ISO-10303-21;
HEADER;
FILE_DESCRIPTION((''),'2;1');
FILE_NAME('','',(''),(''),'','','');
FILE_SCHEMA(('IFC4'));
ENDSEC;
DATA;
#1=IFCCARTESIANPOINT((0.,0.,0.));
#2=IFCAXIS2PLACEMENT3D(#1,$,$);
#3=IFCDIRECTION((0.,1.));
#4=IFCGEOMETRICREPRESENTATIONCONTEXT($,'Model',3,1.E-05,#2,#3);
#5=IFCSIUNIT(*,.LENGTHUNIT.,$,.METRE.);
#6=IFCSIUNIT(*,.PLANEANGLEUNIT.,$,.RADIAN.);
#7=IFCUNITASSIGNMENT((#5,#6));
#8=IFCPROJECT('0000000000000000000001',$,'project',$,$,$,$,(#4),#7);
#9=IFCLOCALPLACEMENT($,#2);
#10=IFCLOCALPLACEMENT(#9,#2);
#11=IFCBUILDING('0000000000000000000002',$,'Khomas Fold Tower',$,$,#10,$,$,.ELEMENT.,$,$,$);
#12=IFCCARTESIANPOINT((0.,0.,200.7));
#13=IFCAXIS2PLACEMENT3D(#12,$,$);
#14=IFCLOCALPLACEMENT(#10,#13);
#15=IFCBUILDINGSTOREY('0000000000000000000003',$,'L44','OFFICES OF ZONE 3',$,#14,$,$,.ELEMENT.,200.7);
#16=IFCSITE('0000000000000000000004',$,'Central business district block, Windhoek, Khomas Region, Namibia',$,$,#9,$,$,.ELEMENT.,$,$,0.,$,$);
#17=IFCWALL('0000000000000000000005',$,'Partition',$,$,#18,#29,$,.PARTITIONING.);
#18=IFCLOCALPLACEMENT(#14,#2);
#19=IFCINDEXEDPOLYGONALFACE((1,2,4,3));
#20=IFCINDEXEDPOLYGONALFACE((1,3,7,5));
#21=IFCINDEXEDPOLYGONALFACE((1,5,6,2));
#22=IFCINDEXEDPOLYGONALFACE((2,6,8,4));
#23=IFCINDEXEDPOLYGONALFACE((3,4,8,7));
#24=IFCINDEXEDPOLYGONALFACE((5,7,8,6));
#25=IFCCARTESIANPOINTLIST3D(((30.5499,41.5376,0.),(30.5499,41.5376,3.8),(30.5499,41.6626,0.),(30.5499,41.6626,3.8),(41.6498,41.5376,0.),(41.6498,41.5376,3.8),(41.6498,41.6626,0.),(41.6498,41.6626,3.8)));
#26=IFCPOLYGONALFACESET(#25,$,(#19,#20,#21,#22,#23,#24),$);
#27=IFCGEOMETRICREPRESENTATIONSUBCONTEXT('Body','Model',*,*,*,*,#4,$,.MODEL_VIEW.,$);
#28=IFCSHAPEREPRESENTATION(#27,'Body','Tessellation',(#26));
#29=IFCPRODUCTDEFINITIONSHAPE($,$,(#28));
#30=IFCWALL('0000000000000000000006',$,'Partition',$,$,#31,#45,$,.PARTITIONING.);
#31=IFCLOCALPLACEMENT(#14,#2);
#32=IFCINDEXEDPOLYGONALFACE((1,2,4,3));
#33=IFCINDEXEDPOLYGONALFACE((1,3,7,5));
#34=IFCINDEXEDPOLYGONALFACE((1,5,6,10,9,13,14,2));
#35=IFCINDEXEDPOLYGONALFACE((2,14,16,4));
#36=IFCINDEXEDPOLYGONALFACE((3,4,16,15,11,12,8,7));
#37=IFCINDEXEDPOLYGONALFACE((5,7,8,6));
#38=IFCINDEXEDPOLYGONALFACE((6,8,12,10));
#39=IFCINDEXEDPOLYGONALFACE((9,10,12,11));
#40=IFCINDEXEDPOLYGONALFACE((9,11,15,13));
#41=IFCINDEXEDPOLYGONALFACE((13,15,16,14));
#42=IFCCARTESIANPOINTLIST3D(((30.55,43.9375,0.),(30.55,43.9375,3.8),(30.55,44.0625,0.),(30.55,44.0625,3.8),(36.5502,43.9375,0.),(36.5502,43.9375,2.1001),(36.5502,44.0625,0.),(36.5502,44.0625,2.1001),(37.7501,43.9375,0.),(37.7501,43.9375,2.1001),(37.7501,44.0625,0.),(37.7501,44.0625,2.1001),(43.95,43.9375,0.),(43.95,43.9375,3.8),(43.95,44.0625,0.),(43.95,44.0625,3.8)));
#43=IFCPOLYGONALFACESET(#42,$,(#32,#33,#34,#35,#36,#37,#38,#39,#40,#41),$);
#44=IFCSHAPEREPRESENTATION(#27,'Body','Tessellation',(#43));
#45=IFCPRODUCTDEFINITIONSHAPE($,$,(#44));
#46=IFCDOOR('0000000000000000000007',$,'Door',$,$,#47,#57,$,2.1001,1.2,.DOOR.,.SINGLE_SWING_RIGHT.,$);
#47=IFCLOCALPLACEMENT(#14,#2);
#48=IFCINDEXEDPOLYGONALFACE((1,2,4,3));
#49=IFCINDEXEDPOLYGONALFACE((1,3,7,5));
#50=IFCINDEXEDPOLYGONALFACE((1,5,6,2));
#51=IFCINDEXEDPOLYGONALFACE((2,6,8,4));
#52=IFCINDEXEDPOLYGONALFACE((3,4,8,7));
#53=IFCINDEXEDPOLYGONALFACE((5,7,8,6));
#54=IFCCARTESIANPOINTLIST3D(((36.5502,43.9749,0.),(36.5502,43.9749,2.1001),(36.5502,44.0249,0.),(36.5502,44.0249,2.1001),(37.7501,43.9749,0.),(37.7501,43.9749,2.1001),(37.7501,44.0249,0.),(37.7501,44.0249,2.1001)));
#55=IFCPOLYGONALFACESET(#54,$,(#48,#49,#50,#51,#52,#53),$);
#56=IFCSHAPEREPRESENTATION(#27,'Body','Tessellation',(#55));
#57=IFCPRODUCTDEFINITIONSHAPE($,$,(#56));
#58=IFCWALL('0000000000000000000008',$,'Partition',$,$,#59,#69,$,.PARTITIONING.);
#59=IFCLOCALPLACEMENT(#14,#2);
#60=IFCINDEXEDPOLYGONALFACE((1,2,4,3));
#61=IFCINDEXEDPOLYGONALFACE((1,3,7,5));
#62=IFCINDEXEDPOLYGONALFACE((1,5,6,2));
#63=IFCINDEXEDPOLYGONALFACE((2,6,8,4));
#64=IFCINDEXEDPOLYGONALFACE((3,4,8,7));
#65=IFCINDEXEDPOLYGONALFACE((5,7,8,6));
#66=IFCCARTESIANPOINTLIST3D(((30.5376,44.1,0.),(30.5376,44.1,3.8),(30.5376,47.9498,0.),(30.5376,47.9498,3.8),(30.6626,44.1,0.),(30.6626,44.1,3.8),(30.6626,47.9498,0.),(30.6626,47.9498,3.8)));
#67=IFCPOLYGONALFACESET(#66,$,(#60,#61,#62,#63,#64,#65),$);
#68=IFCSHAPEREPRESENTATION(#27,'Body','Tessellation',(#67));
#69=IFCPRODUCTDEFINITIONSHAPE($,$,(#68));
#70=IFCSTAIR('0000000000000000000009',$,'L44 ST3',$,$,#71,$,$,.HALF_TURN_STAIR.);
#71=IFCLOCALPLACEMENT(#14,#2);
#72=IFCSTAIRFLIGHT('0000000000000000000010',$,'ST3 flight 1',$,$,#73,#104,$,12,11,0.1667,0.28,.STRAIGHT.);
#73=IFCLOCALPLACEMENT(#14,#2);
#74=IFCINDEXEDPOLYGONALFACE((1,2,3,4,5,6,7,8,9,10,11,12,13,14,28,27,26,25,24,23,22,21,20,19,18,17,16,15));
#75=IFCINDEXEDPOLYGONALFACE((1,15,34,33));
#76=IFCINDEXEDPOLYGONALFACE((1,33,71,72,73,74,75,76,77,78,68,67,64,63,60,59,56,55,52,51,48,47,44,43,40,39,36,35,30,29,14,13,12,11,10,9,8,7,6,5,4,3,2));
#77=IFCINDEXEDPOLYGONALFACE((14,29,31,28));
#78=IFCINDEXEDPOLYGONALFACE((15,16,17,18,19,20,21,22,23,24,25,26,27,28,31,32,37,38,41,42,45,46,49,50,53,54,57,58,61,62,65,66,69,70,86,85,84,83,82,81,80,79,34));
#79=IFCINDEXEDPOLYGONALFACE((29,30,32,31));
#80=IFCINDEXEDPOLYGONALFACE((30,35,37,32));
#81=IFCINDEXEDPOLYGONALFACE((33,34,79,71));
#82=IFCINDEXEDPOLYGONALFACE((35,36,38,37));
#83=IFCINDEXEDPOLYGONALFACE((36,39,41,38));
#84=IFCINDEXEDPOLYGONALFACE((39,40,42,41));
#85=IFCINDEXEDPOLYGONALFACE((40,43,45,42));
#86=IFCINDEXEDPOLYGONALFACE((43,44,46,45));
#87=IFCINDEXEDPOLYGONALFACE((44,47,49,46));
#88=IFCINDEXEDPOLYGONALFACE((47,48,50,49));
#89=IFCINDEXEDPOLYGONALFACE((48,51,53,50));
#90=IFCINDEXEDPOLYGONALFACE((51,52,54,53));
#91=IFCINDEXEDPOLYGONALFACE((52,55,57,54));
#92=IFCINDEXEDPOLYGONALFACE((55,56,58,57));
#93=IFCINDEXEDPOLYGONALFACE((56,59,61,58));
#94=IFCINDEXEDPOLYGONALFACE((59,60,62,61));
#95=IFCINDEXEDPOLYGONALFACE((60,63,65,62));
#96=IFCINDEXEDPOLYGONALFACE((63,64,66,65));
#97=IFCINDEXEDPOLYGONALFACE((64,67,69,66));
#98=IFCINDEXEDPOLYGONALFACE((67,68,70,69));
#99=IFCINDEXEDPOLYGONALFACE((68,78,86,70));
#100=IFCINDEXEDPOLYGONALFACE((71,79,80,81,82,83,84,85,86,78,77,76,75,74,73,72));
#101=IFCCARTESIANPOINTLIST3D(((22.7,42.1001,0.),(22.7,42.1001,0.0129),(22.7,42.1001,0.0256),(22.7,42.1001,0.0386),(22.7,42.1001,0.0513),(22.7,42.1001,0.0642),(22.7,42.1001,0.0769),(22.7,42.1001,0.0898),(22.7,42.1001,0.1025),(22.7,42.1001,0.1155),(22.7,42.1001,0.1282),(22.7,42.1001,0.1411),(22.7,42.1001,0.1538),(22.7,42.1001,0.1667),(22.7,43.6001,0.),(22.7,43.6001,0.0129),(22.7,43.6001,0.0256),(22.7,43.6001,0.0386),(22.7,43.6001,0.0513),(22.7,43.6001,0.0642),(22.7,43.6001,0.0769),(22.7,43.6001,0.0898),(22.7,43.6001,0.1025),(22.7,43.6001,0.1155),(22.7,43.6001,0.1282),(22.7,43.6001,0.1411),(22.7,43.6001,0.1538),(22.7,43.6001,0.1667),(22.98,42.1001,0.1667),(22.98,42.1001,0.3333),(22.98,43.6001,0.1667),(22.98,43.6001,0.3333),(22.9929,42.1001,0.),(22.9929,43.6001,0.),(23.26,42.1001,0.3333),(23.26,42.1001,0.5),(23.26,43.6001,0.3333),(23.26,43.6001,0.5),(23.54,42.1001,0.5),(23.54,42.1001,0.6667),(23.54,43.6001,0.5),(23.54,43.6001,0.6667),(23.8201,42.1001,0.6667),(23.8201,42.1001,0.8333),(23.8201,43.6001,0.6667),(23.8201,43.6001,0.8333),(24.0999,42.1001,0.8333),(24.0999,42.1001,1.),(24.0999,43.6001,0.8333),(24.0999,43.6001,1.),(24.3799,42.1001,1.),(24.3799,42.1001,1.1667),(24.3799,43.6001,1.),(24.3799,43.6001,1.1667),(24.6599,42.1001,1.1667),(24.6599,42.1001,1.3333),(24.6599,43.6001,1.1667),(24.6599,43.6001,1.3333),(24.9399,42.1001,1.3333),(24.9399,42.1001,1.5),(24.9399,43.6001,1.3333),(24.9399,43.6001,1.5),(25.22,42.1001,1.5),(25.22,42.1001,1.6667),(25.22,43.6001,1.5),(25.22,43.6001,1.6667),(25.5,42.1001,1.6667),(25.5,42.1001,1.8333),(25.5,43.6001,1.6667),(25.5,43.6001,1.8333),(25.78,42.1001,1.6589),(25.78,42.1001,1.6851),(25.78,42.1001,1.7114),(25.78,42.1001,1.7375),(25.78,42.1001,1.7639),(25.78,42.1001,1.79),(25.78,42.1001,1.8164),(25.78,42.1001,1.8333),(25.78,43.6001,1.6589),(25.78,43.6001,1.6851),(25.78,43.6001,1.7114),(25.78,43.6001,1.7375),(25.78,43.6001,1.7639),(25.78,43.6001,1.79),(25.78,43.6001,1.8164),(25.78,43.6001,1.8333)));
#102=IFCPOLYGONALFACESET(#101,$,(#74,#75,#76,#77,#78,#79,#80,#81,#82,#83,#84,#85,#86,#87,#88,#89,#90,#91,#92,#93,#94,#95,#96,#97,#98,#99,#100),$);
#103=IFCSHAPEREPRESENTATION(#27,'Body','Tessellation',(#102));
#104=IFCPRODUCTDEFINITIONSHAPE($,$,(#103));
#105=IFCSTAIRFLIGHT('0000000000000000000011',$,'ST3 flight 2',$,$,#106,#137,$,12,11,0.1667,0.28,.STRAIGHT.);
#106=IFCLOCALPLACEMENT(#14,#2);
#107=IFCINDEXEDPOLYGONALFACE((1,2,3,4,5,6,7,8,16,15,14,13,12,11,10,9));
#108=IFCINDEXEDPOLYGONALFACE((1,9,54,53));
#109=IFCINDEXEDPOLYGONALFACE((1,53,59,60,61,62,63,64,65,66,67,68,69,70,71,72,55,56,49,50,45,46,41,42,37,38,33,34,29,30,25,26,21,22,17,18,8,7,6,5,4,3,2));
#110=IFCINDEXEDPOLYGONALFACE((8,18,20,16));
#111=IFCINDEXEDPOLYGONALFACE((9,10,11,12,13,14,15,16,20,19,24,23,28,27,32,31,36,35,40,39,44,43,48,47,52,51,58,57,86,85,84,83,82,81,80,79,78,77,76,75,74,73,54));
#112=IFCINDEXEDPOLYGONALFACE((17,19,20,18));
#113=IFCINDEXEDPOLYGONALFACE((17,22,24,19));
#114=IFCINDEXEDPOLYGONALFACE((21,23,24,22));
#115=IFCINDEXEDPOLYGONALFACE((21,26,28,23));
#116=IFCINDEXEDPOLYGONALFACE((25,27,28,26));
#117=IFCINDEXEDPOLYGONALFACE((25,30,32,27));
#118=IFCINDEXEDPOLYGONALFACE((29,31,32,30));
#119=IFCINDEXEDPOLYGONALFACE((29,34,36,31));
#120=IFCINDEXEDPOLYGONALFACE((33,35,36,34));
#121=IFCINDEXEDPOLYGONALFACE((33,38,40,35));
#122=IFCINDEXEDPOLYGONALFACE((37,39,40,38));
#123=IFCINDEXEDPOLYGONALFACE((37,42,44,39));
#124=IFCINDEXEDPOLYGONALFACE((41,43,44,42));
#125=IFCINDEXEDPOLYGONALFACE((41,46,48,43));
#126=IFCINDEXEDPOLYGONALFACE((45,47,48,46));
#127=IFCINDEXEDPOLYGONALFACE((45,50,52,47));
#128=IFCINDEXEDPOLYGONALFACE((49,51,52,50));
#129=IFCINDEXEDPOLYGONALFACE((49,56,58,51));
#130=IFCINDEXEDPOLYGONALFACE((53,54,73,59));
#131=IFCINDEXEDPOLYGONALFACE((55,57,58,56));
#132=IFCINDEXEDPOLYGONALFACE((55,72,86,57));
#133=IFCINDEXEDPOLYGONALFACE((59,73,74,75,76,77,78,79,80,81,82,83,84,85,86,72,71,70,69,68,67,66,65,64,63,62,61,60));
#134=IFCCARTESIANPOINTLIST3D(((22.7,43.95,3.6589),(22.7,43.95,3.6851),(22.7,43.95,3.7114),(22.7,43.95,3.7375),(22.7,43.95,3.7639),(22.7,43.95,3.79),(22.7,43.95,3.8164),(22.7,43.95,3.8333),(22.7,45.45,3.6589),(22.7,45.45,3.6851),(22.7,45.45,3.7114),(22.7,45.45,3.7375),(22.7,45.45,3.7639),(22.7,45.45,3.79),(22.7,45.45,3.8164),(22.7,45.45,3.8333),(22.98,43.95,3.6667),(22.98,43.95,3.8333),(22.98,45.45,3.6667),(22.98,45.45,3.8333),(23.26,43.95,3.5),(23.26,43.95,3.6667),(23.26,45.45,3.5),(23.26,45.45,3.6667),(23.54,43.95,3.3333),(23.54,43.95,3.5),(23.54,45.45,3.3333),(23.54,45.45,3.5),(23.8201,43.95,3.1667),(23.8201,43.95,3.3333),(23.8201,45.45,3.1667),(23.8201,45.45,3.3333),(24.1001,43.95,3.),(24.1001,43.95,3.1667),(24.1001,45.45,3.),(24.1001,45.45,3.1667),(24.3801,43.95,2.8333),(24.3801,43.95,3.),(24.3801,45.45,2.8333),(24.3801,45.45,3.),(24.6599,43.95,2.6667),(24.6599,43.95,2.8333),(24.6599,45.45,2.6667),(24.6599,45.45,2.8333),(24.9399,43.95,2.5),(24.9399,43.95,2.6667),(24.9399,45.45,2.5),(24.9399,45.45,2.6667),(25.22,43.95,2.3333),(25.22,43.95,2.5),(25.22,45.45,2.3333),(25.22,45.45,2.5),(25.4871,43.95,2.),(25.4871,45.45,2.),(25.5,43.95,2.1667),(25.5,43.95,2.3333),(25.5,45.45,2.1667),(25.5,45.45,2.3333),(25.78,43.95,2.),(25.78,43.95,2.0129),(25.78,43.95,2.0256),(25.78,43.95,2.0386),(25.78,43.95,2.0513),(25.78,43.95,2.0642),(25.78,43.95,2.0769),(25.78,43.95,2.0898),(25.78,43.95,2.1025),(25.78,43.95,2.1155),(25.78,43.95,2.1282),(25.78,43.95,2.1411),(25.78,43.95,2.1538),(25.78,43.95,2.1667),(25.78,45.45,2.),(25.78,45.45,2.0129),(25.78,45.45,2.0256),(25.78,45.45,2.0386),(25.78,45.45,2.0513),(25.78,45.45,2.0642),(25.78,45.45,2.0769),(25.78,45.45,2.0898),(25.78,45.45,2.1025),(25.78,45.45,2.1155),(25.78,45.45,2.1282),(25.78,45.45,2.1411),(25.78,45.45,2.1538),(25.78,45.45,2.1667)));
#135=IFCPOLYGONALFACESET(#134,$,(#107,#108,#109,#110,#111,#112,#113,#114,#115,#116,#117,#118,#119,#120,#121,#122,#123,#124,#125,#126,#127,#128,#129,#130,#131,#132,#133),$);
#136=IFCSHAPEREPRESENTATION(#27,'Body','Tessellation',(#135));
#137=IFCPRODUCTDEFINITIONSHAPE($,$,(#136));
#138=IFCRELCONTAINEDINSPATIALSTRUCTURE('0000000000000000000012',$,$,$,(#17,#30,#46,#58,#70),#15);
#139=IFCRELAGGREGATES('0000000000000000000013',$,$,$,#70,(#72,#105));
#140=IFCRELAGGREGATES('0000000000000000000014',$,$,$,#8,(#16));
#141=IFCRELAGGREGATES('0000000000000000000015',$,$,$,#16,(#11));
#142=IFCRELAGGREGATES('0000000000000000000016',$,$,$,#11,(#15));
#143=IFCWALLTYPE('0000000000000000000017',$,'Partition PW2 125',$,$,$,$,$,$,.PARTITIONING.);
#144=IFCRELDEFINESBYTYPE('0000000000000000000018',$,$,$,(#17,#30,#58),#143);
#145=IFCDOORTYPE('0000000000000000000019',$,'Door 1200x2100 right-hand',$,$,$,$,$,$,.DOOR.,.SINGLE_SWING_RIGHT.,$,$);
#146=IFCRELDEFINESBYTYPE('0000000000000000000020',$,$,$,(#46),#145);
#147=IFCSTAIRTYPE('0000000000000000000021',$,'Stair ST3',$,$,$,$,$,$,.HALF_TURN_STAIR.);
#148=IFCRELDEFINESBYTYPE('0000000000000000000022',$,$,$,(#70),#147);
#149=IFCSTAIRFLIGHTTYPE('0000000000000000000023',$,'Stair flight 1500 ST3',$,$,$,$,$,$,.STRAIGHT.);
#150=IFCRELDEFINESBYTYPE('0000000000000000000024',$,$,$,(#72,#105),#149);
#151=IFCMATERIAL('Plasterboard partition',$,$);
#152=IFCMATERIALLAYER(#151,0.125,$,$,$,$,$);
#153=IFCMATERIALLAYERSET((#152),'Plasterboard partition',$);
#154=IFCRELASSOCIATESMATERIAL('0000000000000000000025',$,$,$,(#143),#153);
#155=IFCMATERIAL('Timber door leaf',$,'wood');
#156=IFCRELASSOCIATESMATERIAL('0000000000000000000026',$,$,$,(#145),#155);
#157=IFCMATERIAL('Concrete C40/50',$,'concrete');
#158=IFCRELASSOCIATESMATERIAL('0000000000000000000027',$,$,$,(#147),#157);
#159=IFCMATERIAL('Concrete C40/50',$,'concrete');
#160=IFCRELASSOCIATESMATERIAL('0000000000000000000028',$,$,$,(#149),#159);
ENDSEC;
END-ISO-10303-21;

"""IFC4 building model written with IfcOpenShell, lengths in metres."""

from ifc_helpers import new_model, si_unit, direction, frame, frame_2d, origin, place, context, subcontext, project, spatial, polyline, rectangle, outline, extrude, source, transform, mapped, material, layer, layer_set, type_object, element, fill, aggregate, save


model = new_model("IFC4")

# Units and contexts
model_context = context("Model", 3, precision=1e-05, world=origin(), true_north=direction((0.0, 1.0)))
body_context = subcontext(model_context, "Body", "Model", "MODEL_VIEW")
ifc_project = project(units=[si_unit("LENGTHUNIT", "METRE"), si_unit("PLANEANGLEUNIT", "RADIAN")], contexts=[model_context])

# Site, building, storey
site_placement = place(None, origin())
site = spatial("IfcSite", under=ifc_project, at=site_placement, Name="Central business district block, Windhoek, Khomas Region, Namibia", CompositionType="ELEMENT", RefElevation=0.0)
building_placement = place(site_placement, origin())
building = spatial("IfcBuilding", under=site, at=building_placement, Name="Khomas Fold Tower", CompositionType="ELEMENT")
storey_placement = place(building_placement, frame((0.0, 0.0, 200.7)))
storey = spatial("IfcBuildingStorey", under=building, at=storey_placement, Name="L44", Description="OFFICES OF ZONE 3", CompositionType="ELEMENT", Elevation=200.7)

# Shared definitions
shared_shape_1 = source(origin(), body_context, "Body", "SweptSolid", [
    extrude(rectangle(XDim=1.2, YDim=2.1001, at=frame_2d((0.6001, 1.05))), frame((0.0, 0.0249, 0.0), z_axis=(0.0, -1.0, 0.0), x_axis=(1.0, 0.0, 0.0)), (0.0, 0.0, 1.0), 0.05),
])

# Wall
ifc_material_1 = material(Name="Plasterboard partition")
ifc_layer_1 = layer(ifc_material_1, 0.125)
ifc_layer_set_1 = layer_set([ifc_layer_1], Name="Plasterboard partition")
wall_type_1 = type_object("IfcWallType", Name="Partition PW2 125", PredefinedType="PARTITIONING", material=ifc_layer_set_1)
shared_shape_2 = source(origin(), body_context, "Body", "SweptSolid", [
    extrude(rectangle(XDim=11.0999, YDim=0.125, at=frame_2d((5.5498, 0.0))), origin(), (0.0, 0.0, 1.0), 3.8),
])
wall_1_placement = place(storey_placement, frame((30.55, 41.6001, 0.0), z_axis=(0.0, 0.0, 1.0), x_axis=(1.0, 0.0, 0.0)))
element("IfcWall", 1, at=wall_1_placement, inside=storey, type_object=wall_type_1, Name="Partition", PredefinedType="PARTITIONING", context=body_context, shape_type="MappedRepresentation", body=[
    mapped(shared_shape_2, transform((0.0, 0.0, 0.0))),
])

# Wall, opening, door
shared_shape_3 = source(origin(), body_context, "Body", "SweptSolid", [
    extrude(rectangle(XDim=13.3999, YDim=0.125, at=frame_2d((6.7, 0.0))), origin(), (0.0, 0.0, 1.0), 3.8),
])
wall_2_placement = place(storey_placement, frame((30.55, 44.0, 0.0), z_axis=(0.0, 0.0, 1.0), x_axis=(1.0, 0.0, 0.0)))
wall_2 = element("IfcWall", 2, at=wall_2_placement, inside=storey, type_object=wall_type_1, Name="Partition", PredefinedType="PARTITIONING", context=body_context, shape_type="MappedRepresentation", body=[
    mapped(shared_shape_3, transform((0.0, 0.0, 0.0))),
])
shared_shape_4 = source(origin(), body_context, "Body", "SweptSolid", [
    extrude(rectangle(XDim=1.2, YDim=2.1001, at=frame_2d((0.6001, 1.05))), frame((0.0, 0.0725, 0.0), z_axis=(0.0, -1.0, 0.0), x_axis=(1.0, 0.0, 0.0)), (0.0, 0.0, 1.0), 0.145),
])
opening_1_placement = place(wall_2_placement, frame((6.0, 0.0, 0.0)))
opening_1 = element("IfcOpeningElement", 3, at=opening_1_placement, cuts=wall_2, PredefinedType="OPENING", context=body_context, shape_type="MappedRepresentation", body=[
    mapped(shared_shape_4, transform((0.0, 0.0, 0.0))),
])
ifc_material_2 = material(Name="Timber door leaf", Category="wood")
door_type_1 = type_object("IfcDoorType", Name="Door 1200x2100 right-hand", OperationType="SINGLE_SWING_RIGHT", PredefinedType="DOOR", material=ifc_material_2)
door_1_placement = place(opening_1_placement, origin())
door_1 = element("IfcDoor", 4, at=door_1_placement, inside=storey, type_object=door_type_1, Name="Door", OperationType="SINGLE_SWING_RIGHT", OverallHeight=2.1001, OverallWidth=1.2, PredefinedType="DOOR", context=body_context, shape_type="MappedRepresentation", body=[
    mapped(shared_shape_1, transform((0.0, 0.0, 0.0))),
])
fill(opening_1, door_1)

# Wall
shared_shape_5 = source(origin(), body_context, "Body", "SweptSolid", [
    extrude(rectangle(XDim=3.8499, YDim=0.125, at=frame_2d((1.9248, 0.0))), origin(), (0.0, 0.0, 1.0), 3.8),
])
wall_3_placement = place(storey_placement, frame((30.6001, 44.1001, 0.0), z_axis=(0.0, 0.0, 1.0), x_axis=(0.0, 1.0, 0.0)))
element("IfcWall", 5, at=wall_3_placement, inside=storey, type_object=wall_type_1, Name="Partition", PredefinedType="PARTITIONING", context=body_context, shape_type="MappedRepresentation", body=[
    mapped(shared_shape_5, transform((0.0, 0.0, 0.0))),
])

# Stair, stair flights
ifc_material_3 = material(Name="Concrete C40/50", Category="concrete")
stair_type = type_object("IfcStairType", Name="Stair ST3", PredefinedType="HALF_TURN_STAIR", material=ifc_material_3)
stair_placement = place(storey_placement, origin())
stair = element("IfcStair", 6, at=stair_placement, inside=storey, type_object=stair_type, Name="L44 ST3", PredefinedType="HALF_TURN_STAIR")
ifc_material_4 = material(Name="Concrete C40/50", Category="concrete")
stair_flight_type = type_object("IfcStairFlightType", Name="Stair flight 1500 ST3", PredefinedType="STRAIGHT", material=ifc_material_4)
shared_shape_6 = source(origin(), body_context, "Body", "SweptSolid", [
    extrude(outline(polyline([(0.0, 0.0), (0.0, 0.0129), (0.0, 0.0256), (0.0, 0.0386), (0.0, 0.0513), (0.0, 0.0642), (0.0, 0.0769), (0.0, 0.0898), (0.0, 0.1025), (0.0, 0.1155), (0.0, 0.1282), (0.0, 0.1411), (0.0, 0.1538), (0.0, 0.1667), (0.28, 0.1667), (0.28, 0.3333), (0.5601, 0.3333), (0.5601, 0.5), (0.8401, 0.5), (0.8401, 0.6667), (1.1201, 0.6667), (1.1201, 0.8333), (1.3999, 0.8333), (1.3999, 1.0), (1.6799, 1.0), (1.6799, 1.1667), (1.96, 1.1667), (1.96, 1.3333), (2.24, 1.3333), (2.24, 1.5), (2.52, 1.5), (2.52, 1.6667), (2.8, 1.6667), (2.8, 1.8333), (3.0801, 1.8333), (3.0801, 2.0), (3.0801, 1.9739), (3.0801, 1.9475), (3.0801, 1.9214), (3.0801, 1.895), (3.0801, 1.8689), (3.0801, 1.8425), (3.0801, 1.8164), (3.0801, 1.79), (3.0801, 1.7639), (3.0801, 1.7375), (3.0801, 1.7114), (3.0801, 1.6851), (3.0801, 1.6589), (0.293, 0.0), (0.0, 0.0)])), frame((0.0, 0.75, 0.0), z_axis=(0.0, -1.0, 0.0), x_axis=(1.0, 0.0, 0.0)), (0.0, 0.0, 1.0), 1.5),
])
stair_flight_1_placement = place(storey_placement, frame((22.7, 42.8501, 0.0), z_axis=(0.0, 0.0, 1.0), x_axis=(1.0, 0.0, 0.0)))
stair_flight_1 = element("IfcStairFlight", 7, at=stair_flight_1_placement, type_object=stair_flight_type, Name="ST3 flight 1", NumberOfRisers=12, NumberOfTreads=11, PredefinedType="STRAIGHT", RiserHeight=0.1667, TreadLength=0.28, context=body_context, shape_type="MappedRepresentation", body=[
    mapped(shared_shape_6, transform((0.0, 0.0, 0.0))),
])
stair_flight_2_placement = place(storey_placement, frame((25.78, 44.7, 2.0), z_axis=(0.0, 0.0, 1.0), x_axis=(-1.0, 0.0, 0.0)))
stair_flight_2 = element("IfcStairFlight", 8, at=stair_flight_2_placement, type_object=stair_flight_type, Name="ST3 flight 2", NumberOfRisers=12, NumberOfTreads=11, PredefinedType="STRAIGHT", RiserHeight=0.1667, TreadLength=0.28, context=body_context, shape_type="MappedRepresentation", body=[
    mapped(shared_shape_6, transform((0.0, 0.0, 0.0))),
])
aggregate(stair, [stair_flight_1, stair_flight_2])

save(model, "model.ifc")
